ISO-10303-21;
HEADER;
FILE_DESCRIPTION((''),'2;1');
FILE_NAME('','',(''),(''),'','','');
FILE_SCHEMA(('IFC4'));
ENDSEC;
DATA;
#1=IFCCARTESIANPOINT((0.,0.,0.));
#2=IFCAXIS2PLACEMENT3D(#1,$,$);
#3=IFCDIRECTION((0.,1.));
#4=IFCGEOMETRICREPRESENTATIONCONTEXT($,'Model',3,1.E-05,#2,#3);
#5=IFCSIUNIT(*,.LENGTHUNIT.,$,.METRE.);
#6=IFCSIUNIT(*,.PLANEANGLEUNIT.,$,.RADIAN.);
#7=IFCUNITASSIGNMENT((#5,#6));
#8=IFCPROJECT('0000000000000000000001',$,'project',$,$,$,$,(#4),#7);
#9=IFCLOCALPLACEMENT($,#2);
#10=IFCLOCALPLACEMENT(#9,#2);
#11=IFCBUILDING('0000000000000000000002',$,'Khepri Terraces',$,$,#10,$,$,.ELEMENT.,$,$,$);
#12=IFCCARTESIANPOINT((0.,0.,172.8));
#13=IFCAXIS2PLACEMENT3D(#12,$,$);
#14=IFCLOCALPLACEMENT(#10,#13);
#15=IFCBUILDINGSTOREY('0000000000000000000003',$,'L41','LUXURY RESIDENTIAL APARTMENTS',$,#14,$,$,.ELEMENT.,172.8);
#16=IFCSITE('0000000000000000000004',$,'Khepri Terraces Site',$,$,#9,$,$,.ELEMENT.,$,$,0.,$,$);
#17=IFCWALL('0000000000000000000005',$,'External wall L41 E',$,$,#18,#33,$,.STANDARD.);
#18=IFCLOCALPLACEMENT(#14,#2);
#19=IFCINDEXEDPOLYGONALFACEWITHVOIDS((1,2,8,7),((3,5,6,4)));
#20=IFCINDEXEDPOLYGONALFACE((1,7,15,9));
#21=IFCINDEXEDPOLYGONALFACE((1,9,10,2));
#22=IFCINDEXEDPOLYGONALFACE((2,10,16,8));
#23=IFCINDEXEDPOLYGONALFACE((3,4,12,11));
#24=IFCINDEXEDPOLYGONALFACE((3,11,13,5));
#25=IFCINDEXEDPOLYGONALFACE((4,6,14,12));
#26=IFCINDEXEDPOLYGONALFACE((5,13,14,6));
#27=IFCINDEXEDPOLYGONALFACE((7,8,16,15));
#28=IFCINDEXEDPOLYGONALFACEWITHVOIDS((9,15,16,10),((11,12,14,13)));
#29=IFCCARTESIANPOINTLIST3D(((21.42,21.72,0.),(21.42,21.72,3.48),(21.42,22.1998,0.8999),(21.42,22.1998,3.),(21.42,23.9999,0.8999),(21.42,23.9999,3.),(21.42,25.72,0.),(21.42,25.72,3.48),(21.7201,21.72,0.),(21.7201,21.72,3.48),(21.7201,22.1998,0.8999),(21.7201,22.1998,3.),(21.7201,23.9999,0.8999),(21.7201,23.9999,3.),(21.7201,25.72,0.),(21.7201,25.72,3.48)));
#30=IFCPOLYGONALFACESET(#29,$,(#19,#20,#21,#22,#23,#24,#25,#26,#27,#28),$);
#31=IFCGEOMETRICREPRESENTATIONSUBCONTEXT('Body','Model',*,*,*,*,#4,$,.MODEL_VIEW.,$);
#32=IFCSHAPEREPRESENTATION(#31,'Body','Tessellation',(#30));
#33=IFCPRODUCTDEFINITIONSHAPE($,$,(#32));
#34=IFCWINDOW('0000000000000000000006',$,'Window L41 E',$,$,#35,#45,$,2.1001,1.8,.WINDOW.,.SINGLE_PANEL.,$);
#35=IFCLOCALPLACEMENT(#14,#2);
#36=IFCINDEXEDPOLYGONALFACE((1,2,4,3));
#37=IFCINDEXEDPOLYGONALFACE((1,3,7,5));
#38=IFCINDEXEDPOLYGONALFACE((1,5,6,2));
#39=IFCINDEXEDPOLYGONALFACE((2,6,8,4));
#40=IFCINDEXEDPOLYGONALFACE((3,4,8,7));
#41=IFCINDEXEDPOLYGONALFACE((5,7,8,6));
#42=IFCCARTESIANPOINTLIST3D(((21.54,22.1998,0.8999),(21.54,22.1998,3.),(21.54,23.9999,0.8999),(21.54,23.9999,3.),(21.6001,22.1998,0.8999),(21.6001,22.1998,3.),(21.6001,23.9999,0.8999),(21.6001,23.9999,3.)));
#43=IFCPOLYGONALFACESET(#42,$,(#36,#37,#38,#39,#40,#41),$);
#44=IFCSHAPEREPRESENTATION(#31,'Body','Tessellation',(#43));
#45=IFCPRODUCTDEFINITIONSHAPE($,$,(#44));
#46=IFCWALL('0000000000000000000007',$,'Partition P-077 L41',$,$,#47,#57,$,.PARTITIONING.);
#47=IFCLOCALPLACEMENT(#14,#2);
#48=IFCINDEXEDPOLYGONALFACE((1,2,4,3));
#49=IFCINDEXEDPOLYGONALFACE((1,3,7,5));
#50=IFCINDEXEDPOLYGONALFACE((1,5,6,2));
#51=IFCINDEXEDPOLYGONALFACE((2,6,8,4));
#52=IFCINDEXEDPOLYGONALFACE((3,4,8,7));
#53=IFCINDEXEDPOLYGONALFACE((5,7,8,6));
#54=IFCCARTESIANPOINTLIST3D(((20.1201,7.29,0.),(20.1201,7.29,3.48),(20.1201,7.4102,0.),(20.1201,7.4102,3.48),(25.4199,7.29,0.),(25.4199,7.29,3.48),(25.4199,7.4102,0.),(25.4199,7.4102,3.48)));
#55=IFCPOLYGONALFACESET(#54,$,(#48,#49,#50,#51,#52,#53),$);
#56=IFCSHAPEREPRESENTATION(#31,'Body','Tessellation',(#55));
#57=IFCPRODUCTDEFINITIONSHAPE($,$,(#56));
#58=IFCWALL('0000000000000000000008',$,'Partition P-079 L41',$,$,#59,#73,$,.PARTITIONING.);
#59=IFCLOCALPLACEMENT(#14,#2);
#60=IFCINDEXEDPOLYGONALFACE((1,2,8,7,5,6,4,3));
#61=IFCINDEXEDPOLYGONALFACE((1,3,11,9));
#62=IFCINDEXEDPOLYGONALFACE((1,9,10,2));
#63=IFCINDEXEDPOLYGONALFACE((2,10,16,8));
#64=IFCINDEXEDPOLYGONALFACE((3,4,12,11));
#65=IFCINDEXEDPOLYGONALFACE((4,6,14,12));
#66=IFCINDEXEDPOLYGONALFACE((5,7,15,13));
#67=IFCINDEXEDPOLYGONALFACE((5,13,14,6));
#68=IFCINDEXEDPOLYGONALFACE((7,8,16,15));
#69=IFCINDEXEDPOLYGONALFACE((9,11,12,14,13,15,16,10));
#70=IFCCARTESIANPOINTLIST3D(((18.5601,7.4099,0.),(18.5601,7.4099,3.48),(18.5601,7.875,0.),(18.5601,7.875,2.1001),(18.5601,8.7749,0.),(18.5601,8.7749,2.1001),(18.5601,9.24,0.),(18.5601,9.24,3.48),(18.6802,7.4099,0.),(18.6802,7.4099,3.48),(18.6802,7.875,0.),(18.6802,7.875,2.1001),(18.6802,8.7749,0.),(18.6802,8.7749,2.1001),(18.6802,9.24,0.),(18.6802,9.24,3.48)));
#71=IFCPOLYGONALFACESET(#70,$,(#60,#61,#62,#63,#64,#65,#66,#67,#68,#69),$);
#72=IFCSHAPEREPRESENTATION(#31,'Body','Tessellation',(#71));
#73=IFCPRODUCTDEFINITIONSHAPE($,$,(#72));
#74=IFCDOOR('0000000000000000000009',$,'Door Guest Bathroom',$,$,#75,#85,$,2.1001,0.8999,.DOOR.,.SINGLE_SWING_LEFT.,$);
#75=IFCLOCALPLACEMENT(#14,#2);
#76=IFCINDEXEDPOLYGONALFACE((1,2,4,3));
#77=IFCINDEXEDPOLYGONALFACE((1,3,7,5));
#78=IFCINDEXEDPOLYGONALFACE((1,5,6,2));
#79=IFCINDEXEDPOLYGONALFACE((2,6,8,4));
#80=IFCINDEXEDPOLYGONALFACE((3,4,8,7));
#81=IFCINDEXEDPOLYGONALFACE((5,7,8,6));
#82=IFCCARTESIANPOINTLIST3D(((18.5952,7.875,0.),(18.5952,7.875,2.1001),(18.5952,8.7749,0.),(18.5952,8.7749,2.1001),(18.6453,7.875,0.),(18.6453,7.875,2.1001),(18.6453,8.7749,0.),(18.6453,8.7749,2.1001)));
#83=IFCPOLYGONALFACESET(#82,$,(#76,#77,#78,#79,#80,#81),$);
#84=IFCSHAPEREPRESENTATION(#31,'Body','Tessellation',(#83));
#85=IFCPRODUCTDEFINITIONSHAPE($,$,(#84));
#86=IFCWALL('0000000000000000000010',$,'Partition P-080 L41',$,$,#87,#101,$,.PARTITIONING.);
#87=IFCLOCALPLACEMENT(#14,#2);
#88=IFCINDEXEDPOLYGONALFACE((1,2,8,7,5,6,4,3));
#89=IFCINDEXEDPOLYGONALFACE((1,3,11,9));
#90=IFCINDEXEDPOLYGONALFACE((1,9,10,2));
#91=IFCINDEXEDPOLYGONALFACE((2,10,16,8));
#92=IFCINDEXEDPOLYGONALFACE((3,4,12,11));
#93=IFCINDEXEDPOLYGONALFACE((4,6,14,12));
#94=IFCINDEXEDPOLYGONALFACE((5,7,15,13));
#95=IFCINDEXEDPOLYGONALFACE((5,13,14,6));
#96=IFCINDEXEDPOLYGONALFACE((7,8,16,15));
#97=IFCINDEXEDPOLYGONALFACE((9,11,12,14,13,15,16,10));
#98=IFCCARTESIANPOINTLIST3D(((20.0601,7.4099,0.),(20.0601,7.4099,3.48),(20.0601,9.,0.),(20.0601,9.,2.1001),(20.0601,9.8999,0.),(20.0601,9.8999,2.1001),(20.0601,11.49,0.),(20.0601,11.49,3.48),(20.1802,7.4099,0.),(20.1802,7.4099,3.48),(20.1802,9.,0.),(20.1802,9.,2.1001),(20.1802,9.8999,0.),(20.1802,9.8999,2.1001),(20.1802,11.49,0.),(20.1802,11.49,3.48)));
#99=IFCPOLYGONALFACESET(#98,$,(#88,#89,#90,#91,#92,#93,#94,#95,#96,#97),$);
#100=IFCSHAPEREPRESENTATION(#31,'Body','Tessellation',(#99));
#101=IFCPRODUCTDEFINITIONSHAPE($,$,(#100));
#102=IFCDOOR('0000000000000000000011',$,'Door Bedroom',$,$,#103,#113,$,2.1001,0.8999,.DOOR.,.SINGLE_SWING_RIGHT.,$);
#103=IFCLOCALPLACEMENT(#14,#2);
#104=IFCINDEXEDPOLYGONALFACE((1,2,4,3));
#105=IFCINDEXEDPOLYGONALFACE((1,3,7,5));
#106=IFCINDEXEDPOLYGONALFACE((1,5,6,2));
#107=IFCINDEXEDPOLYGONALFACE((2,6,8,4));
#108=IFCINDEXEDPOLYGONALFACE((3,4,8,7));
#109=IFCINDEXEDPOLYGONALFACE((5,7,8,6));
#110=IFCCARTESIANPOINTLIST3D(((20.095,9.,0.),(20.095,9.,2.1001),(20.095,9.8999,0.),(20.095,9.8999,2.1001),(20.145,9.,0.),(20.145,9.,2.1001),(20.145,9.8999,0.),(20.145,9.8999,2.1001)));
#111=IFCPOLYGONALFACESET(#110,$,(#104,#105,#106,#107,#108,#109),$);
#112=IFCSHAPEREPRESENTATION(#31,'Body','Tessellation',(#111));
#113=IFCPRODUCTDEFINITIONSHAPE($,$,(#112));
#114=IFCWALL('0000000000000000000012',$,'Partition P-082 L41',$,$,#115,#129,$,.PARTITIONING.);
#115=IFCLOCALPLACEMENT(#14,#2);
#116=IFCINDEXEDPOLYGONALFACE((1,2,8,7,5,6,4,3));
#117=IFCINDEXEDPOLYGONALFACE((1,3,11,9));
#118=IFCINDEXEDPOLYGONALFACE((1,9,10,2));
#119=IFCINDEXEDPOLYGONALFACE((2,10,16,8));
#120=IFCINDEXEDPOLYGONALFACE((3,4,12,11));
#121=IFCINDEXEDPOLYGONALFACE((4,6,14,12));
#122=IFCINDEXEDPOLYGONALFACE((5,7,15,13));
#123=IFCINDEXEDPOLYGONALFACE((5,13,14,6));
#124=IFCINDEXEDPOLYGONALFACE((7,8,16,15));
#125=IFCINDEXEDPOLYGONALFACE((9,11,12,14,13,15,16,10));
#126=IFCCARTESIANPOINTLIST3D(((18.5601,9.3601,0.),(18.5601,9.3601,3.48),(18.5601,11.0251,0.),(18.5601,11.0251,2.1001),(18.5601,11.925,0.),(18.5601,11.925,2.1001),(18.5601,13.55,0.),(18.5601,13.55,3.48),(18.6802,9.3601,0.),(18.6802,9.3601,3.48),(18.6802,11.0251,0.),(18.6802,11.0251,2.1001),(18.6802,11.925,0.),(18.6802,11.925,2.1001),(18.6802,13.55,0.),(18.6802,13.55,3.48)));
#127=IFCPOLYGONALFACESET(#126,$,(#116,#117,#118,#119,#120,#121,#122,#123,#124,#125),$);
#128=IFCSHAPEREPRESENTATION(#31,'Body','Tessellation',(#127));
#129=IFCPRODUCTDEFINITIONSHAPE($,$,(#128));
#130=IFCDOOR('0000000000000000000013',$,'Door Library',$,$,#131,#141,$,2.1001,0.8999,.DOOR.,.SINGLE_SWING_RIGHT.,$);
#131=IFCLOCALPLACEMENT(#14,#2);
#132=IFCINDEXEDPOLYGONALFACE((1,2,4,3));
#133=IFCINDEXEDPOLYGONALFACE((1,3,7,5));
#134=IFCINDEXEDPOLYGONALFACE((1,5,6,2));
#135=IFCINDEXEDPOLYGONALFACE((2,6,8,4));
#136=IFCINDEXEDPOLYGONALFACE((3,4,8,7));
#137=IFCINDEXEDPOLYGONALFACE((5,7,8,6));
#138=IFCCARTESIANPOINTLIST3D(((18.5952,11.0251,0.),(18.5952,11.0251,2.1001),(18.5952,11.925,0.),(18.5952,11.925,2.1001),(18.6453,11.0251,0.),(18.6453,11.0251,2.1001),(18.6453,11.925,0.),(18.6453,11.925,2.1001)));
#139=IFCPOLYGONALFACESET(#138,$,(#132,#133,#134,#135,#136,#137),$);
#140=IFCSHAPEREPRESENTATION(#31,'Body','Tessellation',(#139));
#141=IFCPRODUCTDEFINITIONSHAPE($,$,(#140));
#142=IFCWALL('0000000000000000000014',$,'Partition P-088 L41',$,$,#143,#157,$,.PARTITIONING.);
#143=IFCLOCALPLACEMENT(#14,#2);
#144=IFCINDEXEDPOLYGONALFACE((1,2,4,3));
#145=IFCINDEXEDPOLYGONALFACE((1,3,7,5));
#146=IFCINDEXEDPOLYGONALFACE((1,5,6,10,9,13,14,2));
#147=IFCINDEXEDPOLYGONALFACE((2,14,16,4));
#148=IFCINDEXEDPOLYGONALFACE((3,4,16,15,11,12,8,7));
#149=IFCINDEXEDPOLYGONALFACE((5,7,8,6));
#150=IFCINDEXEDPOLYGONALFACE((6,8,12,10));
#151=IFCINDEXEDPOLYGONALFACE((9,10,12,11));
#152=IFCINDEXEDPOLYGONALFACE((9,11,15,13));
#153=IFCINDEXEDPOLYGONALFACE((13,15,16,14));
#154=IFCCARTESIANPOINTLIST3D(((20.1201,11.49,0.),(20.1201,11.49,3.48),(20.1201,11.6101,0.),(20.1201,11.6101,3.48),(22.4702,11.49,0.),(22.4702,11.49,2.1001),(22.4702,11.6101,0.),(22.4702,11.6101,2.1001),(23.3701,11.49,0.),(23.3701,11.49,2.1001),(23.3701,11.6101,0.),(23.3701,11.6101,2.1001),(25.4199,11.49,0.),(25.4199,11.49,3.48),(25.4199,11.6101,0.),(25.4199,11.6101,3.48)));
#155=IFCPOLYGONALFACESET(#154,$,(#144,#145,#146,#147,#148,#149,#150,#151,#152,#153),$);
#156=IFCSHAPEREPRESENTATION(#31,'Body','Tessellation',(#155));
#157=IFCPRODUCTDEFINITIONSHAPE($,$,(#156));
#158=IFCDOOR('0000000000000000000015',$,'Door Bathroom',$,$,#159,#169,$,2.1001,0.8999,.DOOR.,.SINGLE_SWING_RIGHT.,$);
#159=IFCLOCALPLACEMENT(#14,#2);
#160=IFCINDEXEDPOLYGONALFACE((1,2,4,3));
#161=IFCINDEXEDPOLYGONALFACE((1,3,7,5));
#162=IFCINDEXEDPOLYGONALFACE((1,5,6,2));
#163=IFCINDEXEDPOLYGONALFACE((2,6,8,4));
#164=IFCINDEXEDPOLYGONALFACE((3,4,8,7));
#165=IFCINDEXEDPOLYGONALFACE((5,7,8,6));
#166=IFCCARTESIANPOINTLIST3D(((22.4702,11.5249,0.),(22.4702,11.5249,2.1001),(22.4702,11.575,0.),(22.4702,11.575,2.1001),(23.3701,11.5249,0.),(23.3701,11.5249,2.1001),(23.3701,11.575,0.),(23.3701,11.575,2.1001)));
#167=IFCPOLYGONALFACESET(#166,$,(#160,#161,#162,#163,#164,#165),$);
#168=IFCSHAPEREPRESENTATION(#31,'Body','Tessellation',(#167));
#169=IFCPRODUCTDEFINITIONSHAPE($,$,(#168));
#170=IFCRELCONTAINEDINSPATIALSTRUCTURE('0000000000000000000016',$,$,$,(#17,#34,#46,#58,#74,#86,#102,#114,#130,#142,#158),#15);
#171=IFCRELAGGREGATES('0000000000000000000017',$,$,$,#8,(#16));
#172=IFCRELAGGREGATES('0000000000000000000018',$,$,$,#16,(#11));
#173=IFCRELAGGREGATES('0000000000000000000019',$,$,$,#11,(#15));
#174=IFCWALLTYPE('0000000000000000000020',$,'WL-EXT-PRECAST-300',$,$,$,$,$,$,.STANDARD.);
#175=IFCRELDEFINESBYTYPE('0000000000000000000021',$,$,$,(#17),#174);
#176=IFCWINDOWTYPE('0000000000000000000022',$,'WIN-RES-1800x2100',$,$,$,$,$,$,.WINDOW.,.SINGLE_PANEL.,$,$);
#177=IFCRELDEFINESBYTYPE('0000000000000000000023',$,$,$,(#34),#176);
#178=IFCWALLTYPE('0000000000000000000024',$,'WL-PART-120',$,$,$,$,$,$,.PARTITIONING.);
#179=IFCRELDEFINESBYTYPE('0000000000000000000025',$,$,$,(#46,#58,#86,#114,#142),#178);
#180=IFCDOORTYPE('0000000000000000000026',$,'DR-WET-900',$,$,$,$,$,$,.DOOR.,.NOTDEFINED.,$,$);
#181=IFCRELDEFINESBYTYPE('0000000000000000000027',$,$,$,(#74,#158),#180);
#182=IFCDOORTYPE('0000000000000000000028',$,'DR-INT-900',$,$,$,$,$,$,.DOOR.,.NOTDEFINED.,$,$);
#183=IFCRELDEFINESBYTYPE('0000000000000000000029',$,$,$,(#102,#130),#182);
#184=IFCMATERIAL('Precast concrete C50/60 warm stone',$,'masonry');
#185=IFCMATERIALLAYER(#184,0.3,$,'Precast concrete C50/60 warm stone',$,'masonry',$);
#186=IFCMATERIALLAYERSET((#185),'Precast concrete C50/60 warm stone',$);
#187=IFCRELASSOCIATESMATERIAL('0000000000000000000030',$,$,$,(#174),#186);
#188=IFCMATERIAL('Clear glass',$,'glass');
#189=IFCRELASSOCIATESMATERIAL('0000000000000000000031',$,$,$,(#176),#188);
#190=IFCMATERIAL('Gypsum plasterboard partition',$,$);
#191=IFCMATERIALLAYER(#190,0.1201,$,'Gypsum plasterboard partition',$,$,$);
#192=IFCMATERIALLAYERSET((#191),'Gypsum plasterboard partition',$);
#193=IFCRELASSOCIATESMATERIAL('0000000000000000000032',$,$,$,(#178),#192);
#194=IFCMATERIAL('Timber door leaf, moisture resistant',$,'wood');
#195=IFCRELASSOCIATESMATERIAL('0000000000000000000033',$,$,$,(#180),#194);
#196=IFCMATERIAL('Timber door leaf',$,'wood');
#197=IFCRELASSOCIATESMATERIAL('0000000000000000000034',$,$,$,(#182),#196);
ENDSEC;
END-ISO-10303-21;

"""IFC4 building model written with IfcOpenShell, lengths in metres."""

from ifc_helpers import new_model, si_unit, direction, frame, frame_2d, origin, place, context, subcontext, project, spatial, rectangle, extrude, material, layer, layer_set, type_object, element, fill, save


model = new_model("IFC4")

# Units and contexts
model_context = context("Model", 3, precision=1e-05, world=origin(), true_north=direction((0.0, 1.0)))
body_context = subcontext(model_context, "Body", "Model", "MODEL_VIEW")
ifc_project = project(units=[si_unit("LENGTHUNIT", "METRE"), si_unit("PLANEANGLEUNIT", "RADIAN")], contexts=[model_context])

# Site, building, storey
site_placement = place(None, origin())
site = spatial("IfcSite", under=ifc_project, at=site_placement, Name="Khepri Terraces Site", CompositionType="ELEMENT", RefElevation=0.0)
building_placement = place(site_placement, origin())
building = spatial("IfcBuilding", under=site, at=building_placement, Name="Khepri Terraces", CompositionType="ELEMENT")
storey_placement = place(building_placement, frame((0.0, 0.0, 172.8)))
storey = spatial("IfcBuildingStorey", under=building, at=storey_placement, Name="L41", Description="LUXURY RESIDENTIAL APARTMENTS", CompositionType="ELEMENT", Elevation=172.8)

# Shared definitions
ifc_material_1 = material(Name="Precast concrete C50/60 warm stone", Category="masonry")
ifc_layer_1 = layer(ifc_material_1, 0.3, Name="Precast concrete C50/60 warm stone", Category="masonry")
ifc_layer_set_1 = layer_set([ifc_layer_1], Name="Precast concrete C50/60 warm stone")
wall_type_1 = type_object("IfcWallType", Name="WL-EXT-PRECAST-300", PredefinedType="STANDARD", material=ifc_layer_set_1)
ifc_material_2 = material(Name="Clear glass", Category="glass")
window_type = type_object("IfcWindowType", Name="WIN-RES-1800x2100", PartitioningType="SINGLE_PANEL", PredefinedType="WINDOW", material=ifc_material_2)

# Wall, opening, window
wall_1_placement = place(storey_placement, frame((21.5701, 21.72, 0.0), z_axis=(0.0, 0.0, 1.0), x_axis=(0.0, 1.0, 0.0)))
wall_1 = element("IfcWall", 1, at=wall_1_placement, inside=storey, type_object=wall_type_1, Name="External wall L41 E", PredefinedType="STANDARD", context=body_context, shape_type="SweptSolid", body=[
    extrude(rectangle(XDim=4.0, YDim=0.3, at=frame_2d((2.0, 0.0))), origin(), (0.0, 0.0, 1.0), 3.48),
])
opening_1_placement = place(wall_1_placement, frame((0.48, 0.0, 0.8999)))
opening_1 = element("IfcOpeningElement", 2, at=opening_1_placement, cuts=wall_1, PredefinedType="OPENING", context=body_context, shape_type="SweptSolid", body=[
    extrude(rectangle(XDim=1.8, YDim=2.1001, at=frame_2d((0.8999, 1.05))), frame((0.0, 0.1602, 0.0), z_axis=(0.0, -1.0, 0.0), x_axis=(1.0, 0.0, 0.0)), (0.0, 0.0, 1.0), 0.3201),
])
window_1_placement = place(opening_1_placement, origin())
window_1 = element("IfcWindow", 3, at=window_1_placement, inside=storey, type_object=window_type, Name="Window L41 E", OverallHeight=2.1001, OverallWidth=1.8, PartitioningType="SINGLE_PANEL", PredefinedType="WINDOW", context=body_context, shape_type="SweptSolid", body=[
    extrude(rectangle(XDim=1.8, YDim=2.1001, at=frame_2d((0.8999, 1.05))), frame((0.0, 0.03, 0.0), z_axis=(0.0, -1.0, 0.0), x_axis=(1.0, 0.0, 0.0)), (0.0, 0.0, 1.0), 0.0601),
])
fill(opening_1, window_1)

# Wall
ifc_material_3 = material(Name="Gypsum plasterboard partition")
ifc_layer_2 = layer(ifc_material_3, 0.1201, Name="Gypsum plasterboard partition")
ifc_layer_set_2 = layer_set([ifc_layer_2], Name="Gypsum plasterboard partition")
wall_type_2 = type_object("IfcWallType", Name="WL-PART-120", PredefinedType="PARTITIONING", material=ifc_layer_set_2)
wall_2_placement = place(storey_placement, frame((20.1201, 7.3501, 0.0), z_axis=(0.0, 0.0, 1.0), x_axis=(1.0, 0.0, 0.0)))
element("IfcWall", 4, at=wall_2_placement, inside=storey, type_object=wall_type_2, Name="Partition P-077 L41", PredefinedType="PARTITIONING", context=body_context, shape_type="SweptSolid", body=[
    extrude(rectangle(XDim=5.2998, YDim=0.1201, at=frame_2d((2.6499, 0.0))), origin(), (0.0, 0.0, 1.0), 3.48),
])

# Walls, openings, doors
wall_3_placement = place(storey_placement, frame((18.6201, 7.4099, 0.0), z_axis=(0.0, 0.0, 1.0), x_axis=(0.0, 1.0, 0.0)))
wall_3 = element("IfcWall", 5, at=wall_3_placement, inside=storey, type_object=wall_type_2, Name="Partition P-079 L41", PredefinedType="PARTITIONING", context=body_context, shape_type="SweptSolid", body=[
    extrude(rectangle(XDim=1.8301, YDim=0.1201, at=frame_2d((0.915, 0.0))), origin(), (0.0, 0.0, 1.0), 3.48),
])
opening_2_placement = place(wall_3_placement, frame((0.4651, 0.0, 0.0)))
opening_2 = element("IfcOpeningElement", 6, at=opening_2_placement, cuts=wall_3, PredefinedType="OPENING", context=body_context, shape_type="SweptSolid", body=[
    extrude(rectangle(XDim=0.8999, YDim=2.1001, at=frame_2d((0.45, 1.05))), frame((0.0, 0.0701, 0.0), z_axis=(0.0, -1.0, 0.0), x_axis=(1.0, 0.0, 0.0)), (0.0, 0.0, 1.0), 0.1401),
])
ifc_material_4 = material(Name="Timber door leaf, moisture resistant", Category="wood")
door_type_1 = type_object("IfcDoorType", Name="DR-WET-900", OperationType="NOTDEFINED", PredefinedType="DOOR", material=ifc_material_4)
door_1_placement = place(opening_2_placement, origin())
door_1 = element("IfcDoor", 7, at=door_1_placement, inside=storey, type_object=door_type_1, Name="Door Guest Bathroom", OperationType="SINGLE_SWING_LEFT", OverallHeight=2.1001, OverallWidth=0.8999, PredefinedType="DOOR", context=body_context, shape_type="SweptSolid", body=[
    extrude(rectangle(XDim=0.8999, YDim=2.1001, at=frame_2d((0.45, 1.05))), frame((0.0, 0.0249, 0.0), z_axis=(0.0, -1.0, 0.0), x_axis=(1.0, 0.0, 0.0)), (0.0, 0.0, 1.0), 0.05),
])
fill(opening_2, door_1)
wall_4_placement = place(storey_placement, frame((20.1201, 7.4099, 0.0), z_axis=(0.0, 0.0, 1.0), x_axis=(0.0, 1.0, 0.0)))
wall_4 = element("IfcWall", 8, at=wall_4_placement, inside=storey, type_object=wall_type_2, Name="Partition P-080 L41", PredefinedType="PARTITIONING", context=body_context, shape_type="SweptSolid", body=[
    extrude(rectangle(XDim=4.0801, YDim=0.1201, at=frame_2d((2.04, 0.0))), origin(), (0.0, 0.0, 1.0), 3.48),
])
opening_3_placement = place(wall_4_placement, frame((1.5901, 0.0, 0.0)))
opening_3 = element("IfcOpeningElement", 9, at=opening_3_placement, cuts=wall_4, PredefinedType="OPENING", context=body_context, shape_type="SweptSolid", body=[
    extrude(rectangle(XDim=0.8999, YDim=2.1001, at=frame_2d((0.45, 1.05))), frame((0.0, 0.0701, 0.0), z_axis=(0.0, -1.0, 0.0), x_axis=(1.0, 0.0, 0.0)), (0.0, 0.0, 1.0), 0.1401),
])
ifc_material_5 = material(Name="Timber door leaf", Category="wood")
door_type_2 = type_object("IfcDoorType", Name="DR-INT-900", OperationType="NOTDEFINED", PredefinedType="DOOR", material=ifc_material_5)
door_2_placement = place(opening_3_placement, frame((0.8999, 0.0, 0.0), z_axis=(0.0, 0.0, 1.0), x_axis=(-1.0, 0.0, 0.0)))
door_2 = element("IfcDoor", 10, at=door_2_placement, inside=storey, type_object=door_type_2, Name="Door Bedroom", OperationType="SINGLE_SWING_RIGHT", OverallHeight=2.1001, OverallWidth=0.8999, PredefinedType="DOOR", context=body_context, shape_type="SweptSolid", body=[
    extrude(rectangle(XDim=0.8999, YDim=2.1001, at=frame_2d((0.45, 1.05))), frame((0.0, 0.0249, 0.0), z_axis=(0.0, -1.0, 0.0), x_axis=(1.0, 0.0, 0.0)), (0.0, 0.0, 1.0), 0.05),
])
fill(opening_3, door_2)
wall_5_placement = place(storey_placement, frame((18.6201, 9.3601, 0.0), z_axis=(0.0, 0.0, 1.0), x_axis=(0.0, 1.0, 0.0)))
wall_5 = element("IfcWall", 11, at=wall_5_placement, inside=storey, type_object=wall_type_2, Name="Partition P-082 L41", PredefinedType="PARTITIONING", context=body_context, shape_type="SweptSolid", body=[
    extrude(rectangle(XDim=4.1899, YDim=0.1201, at=frame_2d((2.095, 0.0))), origin(), (0.0, 0.0, 1.0), 3.48),
])
opening_4_placement = place(wall_5_placement, frame((1.665, 0.0, 0.0)))
opening_4 = element("IfcOpeningElement", 12, at=opening_4_placement, cuts=wall_5, PredefinedType="OPENING", context=body_context, shape_type="SweptSolid", body=[
    extrude(rectangle(XDim=0.8999, YDim=2.1001, at=frame_2d((0.45, 1.05))), frame((0.0, 0.0701, 0.0), z_axis=(0.0, -1.0, 0.0), x_axis=(1.0, 0.0, 0.0)), (0.0, 0.0, 1.0), 0.1401),
])
door_3_placement = place(opening_4_placement, origin())
door_3 = element("IfcDoor", 13, at=door_3_placement, inside=storey, type_object=door_type_2, Name="Door Library", OperationType="SINGLE_SWING_RIGHT", OverallHeight=2.1001, OverallWidth=0.8999, PredefinedType="DOOR", context=body_context, shape_type="SweptSolid", body=[
    extrude(rectangle(XDim=0.8999, YDim=2.1001, at=frame_2d((0.45, 1.05))), frame((0.0, 0.0249, 0.0), z_axis=(0.0, -1.0, 0.0), x_axis=(1.0, 0.0, 0.0)), (0.0, 0.0, 1.0), 0.05),
])
fill(opening_4, door_3)
wall_6_placement = place(storey_placement, frame((20.1201, 11.55, 0.0), z_axis=(0.0, 0.0, 1.0), x_axis=(1.0, 0.0, 0.0)))
wall_6 = element("IfcWall", 14, at=wall_6_placement, inside=storey, type_object=wall_type_2, Name="Partition P-088 L41", PredefinedType="PARTITIONING", context=body_context, shape_type="SweptSolid", body=[
    extrude(rectangle(XDim=5.2998, YDim=0.1201, at=frame_2d((2.6499, 0.0))), origin(), (0.0, 0.0, 1.0), 3.48),
])
opening_5_placement = place(wall_6_placement, frame((2.3501, 0.0, 0.0)))
opening_5 = element("IfcOpeningElement", 15, at=opening_5_placement, cuts=wall_6, PredefinedType="OPENING", context=body_context, shape_type="SweptSolid", body=[
    extrude(rectangle(XDim=0.8999, YDim=2.1001, at=frame_2d((0.45, 1.05))), frame((0.0, 0.0701, 0.0), z_axis=(0.0, -1.0, 0.0), x_axis=(1.0, 0.0, 0.0)), (0.0, 0.0, 1.0), 0.1401),
])
door_4_placement = place(opening_5_placement, origin())
door_4 = element("IfcDoor", 16, at=door_4_placement, inside=storey, type_object=door_type_1, Name="Door Bathroom", OperationType="SINGLE_SWING_RIGHT", OverallHeight=2.1001, OverallWidth=0.8999, PredefinedType="DOOR", context=body_context, shape_type="SweptSolid", body=[
    extrude(rectangle(XDim=0.8999, YDim=2.1001, at=frame_2d((0.45, 1.05))), frame((0.0, 0.0249, 0.0), z_axis=(0.0, -1.0, 0.0), x_axis=(1.0, 0.0, 0.0)), (0.0, 0.0, 1.0), 0.05),
])
fill(opening_5, door_4)

save(model, "model.ifc")
